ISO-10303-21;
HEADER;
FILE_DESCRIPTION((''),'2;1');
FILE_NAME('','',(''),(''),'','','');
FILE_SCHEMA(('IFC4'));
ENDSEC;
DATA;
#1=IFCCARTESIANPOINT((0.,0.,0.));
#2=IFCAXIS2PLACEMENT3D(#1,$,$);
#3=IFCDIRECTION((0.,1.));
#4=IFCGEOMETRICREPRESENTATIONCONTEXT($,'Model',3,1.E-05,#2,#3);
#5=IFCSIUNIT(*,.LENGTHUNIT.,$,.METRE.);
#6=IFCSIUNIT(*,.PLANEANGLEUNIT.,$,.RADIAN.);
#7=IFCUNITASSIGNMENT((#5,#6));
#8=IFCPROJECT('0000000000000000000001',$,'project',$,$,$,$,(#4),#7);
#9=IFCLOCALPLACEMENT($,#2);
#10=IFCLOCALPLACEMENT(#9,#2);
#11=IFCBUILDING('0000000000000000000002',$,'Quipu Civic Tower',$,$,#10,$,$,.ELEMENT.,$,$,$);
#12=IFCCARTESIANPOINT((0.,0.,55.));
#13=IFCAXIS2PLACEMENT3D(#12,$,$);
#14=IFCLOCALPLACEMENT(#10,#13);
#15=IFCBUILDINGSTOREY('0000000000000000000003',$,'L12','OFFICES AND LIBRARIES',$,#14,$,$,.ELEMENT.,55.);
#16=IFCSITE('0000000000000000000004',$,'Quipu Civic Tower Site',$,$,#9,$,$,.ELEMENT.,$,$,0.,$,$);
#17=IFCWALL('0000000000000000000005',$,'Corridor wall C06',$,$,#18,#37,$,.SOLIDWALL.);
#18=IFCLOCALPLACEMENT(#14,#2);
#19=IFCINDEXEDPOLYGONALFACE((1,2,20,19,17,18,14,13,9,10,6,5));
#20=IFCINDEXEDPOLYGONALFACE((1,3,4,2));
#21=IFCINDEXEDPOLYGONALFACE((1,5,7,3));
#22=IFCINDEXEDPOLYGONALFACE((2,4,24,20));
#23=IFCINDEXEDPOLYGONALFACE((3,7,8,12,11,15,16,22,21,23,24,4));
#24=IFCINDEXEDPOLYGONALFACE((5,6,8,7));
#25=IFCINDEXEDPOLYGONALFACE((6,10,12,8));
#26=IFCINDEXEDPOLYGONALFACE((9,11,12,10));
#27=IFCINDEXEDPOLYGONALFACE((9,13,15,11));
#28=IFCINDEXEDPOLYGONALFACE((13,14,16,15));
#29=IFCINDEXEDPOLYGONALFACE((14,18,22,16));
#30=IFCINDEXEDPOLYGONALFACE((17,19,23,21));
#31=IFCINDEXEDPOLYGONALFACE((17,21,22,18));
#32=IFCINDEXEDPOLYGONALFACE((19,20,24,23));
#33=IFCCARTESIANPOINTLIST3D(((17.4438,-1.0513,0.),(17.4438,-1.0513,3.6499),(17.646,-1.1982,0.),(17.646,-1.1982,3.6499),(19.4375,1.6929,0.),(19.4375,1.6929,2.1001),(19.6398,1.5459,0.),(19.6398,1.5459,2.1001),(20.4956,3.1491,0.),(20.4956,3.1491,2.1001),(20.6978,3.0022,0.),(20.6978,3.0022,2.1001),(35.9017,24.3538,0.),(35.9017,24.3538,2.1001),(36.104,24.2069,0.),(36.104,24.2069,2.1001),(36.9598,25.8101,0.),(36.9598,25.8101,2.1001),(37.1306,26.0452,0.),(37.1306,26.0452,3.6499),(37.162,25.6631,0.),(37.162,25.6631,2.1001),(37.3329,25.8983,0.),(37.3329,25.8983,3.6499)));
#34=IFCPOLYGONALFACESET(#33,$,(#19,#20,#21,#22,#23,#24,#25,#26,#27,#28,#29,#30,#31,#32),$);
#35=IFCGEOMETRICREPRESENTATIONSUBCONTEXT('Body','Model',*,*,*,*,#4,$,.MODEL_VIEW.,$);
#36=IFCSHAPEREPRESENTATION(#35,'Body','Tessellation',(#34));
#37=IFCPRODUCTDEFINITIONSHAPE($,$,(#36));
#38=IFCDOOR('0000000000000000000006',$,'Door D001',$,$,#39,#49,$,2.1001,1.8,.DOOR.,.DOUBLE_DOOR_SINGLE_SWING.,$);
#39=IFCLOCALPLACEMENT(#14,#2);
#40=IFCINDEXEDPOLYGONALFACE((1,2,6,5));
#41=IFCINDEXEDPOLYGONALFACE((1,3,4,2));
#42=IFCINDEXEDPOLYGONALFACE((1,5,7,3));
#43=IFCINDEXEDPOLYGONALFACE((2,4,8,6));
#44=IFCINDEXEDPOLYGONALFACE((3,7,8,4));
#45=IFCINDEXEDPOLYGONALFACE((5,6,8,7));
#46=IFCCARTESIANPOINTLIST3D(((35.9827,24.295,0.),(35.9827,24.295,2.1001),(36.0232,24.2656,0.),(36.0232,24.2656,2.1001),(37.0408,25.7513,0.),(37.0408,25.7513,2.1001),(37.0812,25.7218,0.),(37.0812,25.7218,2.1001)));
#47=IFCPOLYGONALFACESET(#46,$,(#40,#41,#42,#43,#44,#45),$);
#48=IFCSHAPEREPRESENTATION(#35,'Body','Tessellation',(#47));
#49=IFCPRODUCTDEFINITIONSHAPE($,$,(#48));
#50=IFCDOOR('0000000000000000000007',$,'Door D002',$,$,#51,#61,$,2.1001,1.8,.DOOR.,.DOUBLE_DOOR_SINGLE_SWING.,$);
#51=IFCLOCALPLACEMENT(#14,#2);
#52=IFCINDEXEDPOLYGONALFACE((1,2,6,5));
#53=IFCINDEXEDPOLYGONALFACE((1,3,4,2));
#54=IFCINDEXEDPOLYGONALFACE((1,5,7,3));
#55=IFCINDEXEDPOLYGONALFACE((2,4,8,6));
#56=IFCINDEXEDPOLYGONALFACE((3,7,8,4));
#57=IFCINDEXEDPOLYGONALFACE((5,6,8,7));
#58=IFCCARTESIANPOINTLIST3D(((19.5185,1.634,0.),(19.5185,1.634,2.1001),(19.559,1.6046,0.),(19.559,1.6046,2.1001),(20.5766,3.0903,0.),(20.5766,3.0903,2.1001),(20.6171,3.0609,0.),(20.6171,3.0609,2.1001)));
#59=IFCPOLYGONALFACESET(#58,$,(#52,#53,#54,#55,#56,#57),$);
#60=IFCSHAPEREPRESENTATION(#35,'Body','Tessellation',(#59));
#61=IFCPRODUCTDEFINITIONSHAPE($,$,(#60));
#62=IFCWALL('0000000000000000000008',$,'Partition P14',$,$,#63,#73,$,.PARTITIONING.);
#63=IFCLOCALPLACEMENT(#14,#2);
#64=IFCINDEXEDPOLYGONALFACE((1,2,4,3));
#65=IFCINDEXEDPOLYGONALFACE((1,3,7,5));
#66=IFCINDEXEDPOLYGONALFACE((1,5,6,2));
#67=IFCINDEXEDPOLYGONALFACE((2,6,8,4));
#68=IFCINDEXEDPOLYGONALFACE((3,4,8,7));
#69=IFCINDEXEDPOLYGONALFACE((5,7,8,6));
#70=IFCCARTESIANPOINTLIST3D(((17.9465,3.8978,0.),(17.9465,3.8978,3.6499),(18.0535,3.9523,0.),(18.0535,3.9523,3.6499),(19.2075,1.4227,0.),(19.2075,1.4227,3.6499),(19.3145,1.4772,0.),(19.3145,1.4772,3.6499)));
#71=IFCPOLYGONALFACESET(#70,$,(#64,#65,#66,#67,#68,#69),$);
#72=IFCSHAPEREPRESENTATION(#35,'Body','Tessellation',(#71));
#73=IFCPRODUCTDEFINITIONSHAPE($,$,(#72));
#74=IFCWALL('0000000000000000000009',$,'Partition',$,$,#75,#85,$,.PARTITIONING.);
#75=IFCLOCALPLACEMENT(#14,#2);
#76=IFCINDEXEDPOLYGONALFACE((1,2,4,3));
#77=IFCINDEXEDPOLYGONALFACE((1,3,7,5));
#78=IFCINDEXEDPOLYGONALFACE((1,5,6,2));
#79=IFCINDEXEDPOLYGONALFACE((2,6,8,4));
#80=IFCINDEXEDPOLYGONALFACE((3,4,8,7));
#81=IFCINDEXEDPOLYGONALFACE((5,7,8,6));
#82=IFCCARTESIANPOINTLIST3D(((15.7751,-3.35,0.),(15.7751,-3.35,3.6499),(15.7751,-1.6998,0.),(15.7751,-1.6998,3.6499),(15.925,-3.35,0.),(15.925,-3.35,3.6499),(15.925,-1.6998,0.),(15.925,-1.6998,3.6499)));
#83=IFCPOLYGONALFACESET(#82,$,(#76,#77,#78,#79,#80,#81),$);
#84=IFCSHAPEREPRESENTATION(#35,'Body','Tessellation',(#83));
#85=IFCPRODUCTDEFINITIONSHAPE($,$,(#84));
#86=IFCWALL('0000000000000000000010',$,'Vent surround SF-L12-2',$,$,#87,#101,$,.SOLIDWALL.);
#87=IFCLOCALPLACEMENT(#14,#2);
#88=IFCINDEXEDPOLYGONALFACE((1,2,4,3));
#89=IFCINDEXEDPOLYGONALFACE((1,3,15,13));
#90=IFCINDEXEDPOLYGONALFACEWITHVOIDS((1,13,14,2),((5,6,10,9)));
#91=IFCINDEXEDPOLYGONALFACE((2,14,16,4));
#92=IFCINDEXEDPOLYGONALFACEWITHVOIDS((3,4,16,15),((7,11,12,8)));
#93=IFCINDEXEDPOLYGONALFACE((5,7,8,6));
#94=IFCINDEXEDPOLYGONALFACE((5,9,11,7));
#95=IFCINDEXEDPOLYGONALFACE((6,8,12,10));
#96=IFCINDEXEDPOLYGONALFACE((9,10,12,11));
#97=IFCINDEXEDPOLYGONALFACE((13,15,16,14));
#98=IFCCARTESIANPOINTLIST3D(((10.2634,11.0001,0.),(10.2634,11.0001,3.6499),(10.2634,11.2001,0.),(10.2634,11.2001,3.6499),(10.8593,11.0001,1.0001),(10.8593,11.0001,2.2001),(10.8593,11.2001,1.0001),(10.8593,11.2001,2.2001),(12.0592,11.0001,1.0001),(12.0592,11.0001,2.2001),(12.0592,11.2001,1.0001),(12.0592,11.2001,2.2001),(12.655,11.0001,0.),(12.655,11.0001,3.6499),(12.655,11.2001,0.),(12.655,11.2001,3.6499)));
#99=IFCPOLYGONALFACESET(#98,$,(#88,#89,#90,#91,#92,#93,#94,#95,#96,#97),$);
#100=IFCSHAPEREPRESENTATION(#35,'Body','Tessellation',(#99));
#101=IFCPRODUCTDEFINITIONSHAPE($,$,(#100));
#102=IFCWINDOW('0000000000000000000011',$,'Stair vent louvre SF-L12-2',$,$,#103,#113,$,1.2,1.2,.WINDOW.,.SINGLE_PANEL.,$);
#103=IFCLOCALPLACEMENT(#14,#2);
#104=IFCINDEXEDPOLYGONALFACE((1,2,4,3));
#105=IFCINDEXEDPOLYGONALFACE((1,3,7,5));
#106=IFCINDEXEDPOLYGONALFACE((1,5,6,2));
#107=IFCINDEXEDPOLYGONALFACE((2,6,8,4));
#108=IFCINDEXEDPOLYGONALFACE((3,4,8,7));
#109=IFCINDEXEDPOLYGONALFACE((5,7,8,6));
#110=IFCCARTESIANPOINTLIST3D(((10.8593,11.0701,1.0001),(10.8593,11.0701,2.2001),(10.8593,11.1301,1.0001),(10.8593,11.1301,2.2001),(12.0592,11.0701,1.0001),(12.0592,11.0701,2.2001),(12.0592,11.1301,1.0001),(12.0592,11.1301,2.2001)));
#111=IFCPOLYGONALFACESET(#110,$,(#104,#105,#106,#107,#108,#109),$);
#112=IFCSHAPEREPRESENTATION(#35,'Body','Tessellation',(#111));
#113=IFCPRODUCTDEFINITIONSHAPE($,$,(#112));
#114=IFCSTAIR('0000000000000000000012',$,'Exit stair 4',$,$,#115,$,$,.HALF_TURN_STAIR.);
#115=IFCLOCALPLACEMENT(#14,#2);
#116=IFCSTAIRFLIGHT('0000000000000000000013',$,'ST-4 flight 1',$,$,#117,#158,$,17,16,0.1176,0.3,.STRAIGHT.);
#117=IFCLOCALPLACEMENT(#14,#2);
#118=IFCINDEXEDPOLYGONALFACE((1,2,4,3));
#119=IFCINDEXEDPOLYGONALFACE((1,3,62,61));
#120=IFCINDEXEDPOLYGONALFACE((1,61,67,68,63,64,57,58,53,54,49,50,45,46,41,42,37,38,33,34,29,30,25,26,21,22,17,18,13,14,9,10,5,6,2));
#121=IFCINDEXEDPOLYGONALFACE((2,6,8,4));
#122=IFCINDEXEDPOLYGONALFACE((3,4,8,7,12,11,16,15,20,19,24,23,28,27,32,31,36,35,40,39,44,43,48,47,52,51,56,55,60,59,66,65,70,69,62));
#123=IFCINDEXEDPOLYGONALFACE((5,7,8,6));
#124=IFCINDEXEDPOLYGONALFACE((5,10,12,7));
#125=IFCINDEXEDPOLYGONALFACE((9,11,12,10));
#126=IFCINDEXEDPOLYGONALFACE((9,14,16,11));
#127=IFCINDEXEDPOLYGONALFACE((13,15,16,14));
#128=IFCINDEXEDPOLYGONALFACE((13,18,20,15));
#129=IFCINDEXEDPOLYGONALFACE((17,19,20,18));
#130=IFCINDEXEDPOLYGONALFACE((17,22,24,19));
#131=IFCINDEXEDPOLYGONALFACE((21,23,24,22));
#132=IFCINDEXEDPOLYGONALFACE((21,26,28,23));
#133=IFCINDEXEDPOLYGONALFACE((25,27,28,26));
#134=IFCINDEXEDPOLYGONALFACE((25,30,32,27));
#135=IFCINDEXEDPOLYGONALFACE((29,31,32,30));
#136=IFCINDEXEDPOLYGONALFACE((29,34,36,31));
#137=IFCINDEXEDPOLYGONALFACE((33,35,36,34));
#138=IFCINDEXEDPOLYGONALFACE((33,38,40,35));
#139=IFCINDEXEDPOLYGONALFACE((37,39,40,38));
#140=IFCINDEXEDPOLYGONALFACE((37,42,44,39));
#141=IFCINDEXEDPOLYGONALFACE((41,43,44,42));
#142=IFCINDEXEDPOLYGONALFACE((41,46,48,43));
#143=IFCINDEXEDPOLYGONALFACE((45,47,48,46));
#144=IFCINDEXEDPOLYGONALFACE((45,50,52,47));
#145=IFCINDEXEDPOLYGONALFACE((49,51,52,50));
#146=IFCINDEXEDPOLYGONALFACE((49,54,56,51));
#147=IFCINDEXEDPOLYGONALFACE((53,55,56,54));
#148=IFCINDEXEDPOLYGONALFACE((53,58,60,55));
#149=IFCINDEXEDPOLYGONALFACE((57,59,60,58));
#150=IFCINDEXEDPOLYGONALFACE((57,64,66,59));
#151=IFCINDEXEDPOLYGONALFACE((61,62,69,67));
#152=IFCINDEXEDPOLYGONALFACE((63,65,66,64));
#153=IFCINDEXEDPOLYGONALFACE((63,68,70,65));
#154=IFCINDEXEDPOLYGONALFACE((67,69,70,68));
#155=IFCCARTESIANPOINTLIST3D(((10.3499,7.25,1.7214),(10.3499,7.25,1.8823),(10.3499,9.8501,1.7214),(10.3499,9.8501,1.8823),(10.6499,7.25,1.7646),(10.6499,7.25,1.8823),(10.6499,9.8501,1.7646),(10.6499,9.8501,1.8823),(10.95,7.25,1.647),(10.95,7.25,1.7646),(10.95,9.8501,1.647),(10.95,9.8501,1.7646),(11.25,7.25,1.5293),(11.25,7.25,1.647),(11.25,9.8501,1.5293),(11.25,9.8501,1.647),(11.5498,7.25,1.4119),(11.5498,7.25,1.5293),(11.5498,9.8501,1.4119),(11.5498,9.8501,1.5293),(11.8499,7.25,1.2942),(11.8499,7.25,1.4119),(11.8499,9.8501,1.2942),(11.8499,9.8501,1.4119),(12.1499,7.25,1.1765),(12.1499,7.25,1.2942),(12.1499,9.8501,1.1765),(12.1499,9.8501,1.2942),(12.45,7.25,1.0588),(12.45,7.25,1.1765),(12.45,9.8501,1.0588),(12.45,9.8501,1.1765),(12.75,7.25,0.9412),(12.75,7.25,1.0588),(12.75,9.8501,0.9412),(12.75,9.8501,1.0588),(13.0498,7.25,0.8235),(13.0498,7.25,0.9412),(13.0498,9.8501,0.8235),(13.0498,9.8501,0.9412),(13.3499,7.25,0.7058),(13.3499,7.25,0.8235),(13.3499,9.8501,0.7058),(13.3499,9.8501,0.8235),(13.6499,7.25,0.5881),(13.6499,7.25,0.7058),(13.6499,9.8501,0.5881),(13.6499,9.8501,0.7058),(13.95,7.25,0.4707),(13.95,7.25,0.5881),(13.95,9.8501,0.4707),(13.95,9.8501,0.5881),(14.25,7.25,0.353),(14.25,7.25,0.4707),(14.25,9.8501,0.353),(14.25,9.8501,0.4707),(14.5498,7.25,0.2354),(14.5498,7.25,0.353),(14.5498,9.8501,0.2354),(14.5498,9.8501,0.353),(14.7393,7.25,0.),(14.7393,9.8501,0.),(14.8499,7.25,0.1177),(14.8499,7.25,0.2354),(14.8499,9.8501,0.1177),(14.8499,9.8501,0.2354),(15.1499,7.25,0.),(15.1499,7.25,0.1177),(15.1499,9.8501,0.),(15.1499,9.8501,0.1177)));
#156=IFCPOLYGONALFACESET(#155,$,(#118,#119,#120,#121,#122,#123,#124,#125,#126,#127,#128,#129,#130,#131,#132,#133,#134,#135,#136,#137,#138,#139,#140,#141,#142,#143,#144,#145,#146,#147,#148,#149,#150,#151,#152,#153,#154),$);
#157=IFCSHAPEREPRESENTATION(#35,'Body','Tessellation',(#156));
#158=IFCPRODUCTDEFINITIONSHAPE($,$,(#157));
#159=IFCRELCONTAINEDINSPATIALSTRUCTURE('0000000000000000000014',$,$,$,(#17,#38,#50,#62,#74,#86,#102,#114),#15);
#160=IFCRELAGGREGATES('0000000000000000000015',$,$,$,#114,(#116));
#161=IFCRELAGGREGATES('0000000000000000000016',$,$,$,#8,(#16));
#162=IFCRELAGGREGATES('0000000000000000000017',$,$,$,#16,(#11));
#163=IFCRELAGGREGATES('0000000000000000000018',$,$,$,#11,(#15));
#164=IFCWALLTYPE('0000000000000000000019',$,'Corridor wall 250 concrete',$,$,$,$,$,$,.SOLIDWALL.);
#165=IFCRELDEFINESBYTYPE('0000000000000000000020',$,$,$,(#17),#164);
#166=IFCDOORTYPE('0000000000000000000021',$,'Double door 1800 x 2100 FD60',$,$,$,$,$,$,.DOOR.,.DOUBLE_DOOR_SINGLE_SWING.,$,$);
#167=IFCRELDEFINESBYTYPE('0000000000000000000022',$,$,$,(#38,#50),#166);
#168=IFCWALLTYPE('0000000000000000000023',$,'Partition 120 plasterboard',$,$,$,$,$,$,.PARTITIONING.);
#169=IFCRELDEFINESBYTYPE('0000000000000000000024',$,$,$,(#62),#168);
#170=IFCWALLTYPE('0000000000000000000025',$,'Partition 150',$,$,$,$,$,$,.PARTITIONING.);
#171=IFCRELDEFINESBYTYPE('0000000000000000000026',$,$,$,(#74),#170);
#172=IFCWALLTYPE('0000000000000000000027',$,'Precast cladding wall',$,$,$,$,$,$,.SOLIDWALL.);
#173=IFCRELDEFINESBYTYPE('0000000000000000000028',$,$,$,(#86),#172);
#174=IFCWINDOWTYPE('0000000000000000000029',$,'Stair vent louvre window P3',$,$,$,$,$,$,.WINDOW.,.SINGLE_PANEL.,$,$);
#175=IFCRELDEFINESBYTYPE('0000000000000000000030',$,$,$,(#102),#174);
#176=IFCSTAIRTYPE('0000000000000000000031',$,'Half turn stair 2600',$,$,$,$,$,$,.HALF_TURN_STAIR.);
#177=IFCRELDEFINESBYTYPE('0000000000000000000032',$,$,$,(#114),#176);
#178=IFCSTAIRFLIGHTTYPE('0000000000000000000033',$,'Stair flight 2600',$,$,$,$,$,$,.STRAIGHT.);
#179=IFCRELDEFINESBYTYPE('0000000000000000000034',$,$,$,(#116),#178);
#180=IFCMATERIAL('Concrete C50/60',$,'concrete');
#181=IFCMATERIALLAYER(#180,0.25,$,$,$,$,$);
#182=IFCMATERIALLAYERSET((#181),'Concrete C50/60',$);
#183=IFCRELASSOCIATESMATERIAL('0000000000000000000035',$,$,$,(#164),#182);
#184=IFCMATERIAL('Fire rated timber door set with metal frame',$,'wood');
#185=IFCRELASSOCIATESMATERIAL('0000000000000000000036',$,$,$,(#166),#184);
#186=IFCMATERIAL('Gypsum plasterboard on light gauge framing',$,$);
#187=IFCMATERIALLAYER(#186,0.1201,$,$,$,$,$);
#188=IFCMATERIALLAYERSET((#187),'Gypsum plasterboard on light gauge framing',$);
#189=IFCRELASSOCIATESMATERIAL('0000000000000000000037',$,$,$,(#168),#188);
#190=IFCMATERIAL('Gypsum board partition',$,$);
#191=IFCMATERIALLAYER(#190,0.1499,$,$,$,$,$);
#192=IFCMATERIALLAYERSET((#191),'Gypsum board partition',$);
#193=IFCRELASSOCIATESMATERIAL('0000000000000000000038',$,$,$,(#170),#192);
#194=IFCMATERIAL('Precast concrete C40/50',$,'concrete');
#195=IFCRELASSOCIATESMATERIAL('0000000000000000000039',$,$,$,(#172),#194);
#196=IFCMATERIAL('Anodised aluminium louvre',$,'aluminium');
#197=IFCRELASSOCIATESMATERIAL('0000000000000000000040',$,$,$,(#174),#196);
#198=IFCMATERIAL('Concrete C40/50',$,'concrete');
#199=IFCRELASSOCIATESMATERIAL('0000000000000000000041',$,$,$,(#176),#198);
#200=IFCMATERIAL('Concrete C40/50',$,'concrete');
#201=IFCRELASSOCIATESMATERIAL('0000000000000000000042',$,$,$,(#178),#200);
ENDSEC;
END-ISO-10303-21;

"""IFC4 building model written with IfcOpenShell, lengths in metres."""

from ifc_helpers import new_model, si_unit, direction, frame, frame_2d, origin, place, context, subcontext, project, spatial, polyline, rectangle, outline, extrude, material, layer, layer_set, type_object, element, fill, aggregate, save


model = new_model("IFC4")

# Units and contexts
model_context = context("Model", 3, precision=1e-05, world=origin(), true_north=direction((0.0, 1.0)))
body_context = subcontext(model_context, "Body", "Model", "MODEL_VIEW")
ifc_project = project(units=[si_unit("LENGTHUNIT", "METRE"), si_unit("PLANEANGLEUNIT", "RADIAN")], contexts=[model_context])

# Site, building, storey
site_placement = place(None, origin())
site = spatial("IfcSite", under=ifc_project, at=site_placement, Name="Quipu Civic Tower Site", CompositionType="ELEMENT", RefElevation=0.0)
building_placement = place(site_placement, origin())
building = spatial("IfcBuilding", under=site, at=building_placement, Name="Quipu Civic Tower", CompositionType="ELEMENT")
storey_placement = place(building_placement, frame((0.0, 0.0, 55.0)))
storey = spatial("IfcBuildingStorey", under=building, at=storey_placement, Name="L12", Description="OFFICES AND LIBRARIES", CompositionType="ELEMENT", Elevation=55.0)

# Wall, openings, doors
ifc_material_1 = material(Name="Concrete C50/60", Category="concrete")
ifc_layer_1 = layer(ifc_material_1, 0.25)
ifc_layer_set_1 = layer_set([ifc_layer_1], Name="Concrete C50/60")
wall_type_1 = type_object("IfcWallType", Name="Corridor wall 250 concrete", PredefinedType="SOLIDWALL", material=ifc_layer_set_1)
wall_1_placement = place(storey_placement, frame((17.5449, -1.1248, 0.0), z_axis=(0.0, 0.0, 1.0), x_axis=(0.587786, 0.809016, 0.0)))
wall_1 = element("IfcWall", 1, at=wall_1_placement, inside=storey, type_object=wall_type_1, Name="Corridor wall C06", PredefinedType="SOLIDWALL", context=body_context, shape_type="SweptSolid", body=[
    extrude(rectangle(XDim=33.4932, YDim=0.25, at=frame_2d((16.7466, 0.0))), origin(), (0.0, 0.0, 1.0), 3.6499),
])
opening_1_placement = place(wall_1_placement, frame((31.4026, 0.0, 0.0)))
opening_1 = element("IfcOpeningElement", 2, at=opening_1_placement, cuts=wall_1, PredefinedType="OPENING", context=body_context, shape_type="SweptSolid", body=[
    extrude(rectangle(XDim=1.8, YDim=2.1001, at=frame_2d((0.8999, 1.05))), frame((0.0, 0.135, 0.0), z_axis=(0.0, -1.0, 0.0), x_axis=(1.0, 0.0, 0.0)), (0.0, 0.0, 1.0), 0.27),
])
opening_2_placement = place(wall_1_placement, frame((3.3921, 0.0, 0.0)))
opening_2 = element("IfcOpeningElement", 3, at=opening_2_placement, cuts=wall_1, PredefinedType="OPENING", context=body_context, shape_type="SweptSolid", body=[
    extrude(rectangle(XDim=1.8, YDim=2.1001, at=frame_2d((0.8999, 1.05))), frame((0.0, 0.135, 0.0), z_axis=(0.0, -1.0, 0.0), x_axis=(1.0, 0.0, 0.0)), (0.0, 0.0, 1.0), 0.27),
])
ifc_material_2 = material(Name="Fire rated timber door set with metal frame", Category="wood")
door_type_1 = type_object("IfcDoorType", Name="Double door 1800 x 2100 FD60", OperationType="DOUBLE_DOOR_SINGLE_SWING", PredefinedType="DOOR", material=ifc_material_2)
door_1_placement = place(opening_1_placement, origin())
door_1 = element("IfcDoor", 4, at=door_1_placement, inside=storey, type_object=door_type_1, Name="Door D001", OperationType="DOUBLE_DOOR_SINGLE_SWING", OverallHeight=2.1001, OverallWidth=1.8, PredefinedType="DOOR", context=body_context, shape_type="SweptSolid", body=[
    extrude(rectangle(XDim=1.8, YDim=2.1001, at=frame_2d((0.8999, 1.05))), frame((0.0, 0.0249, 0.0), z_axis=(0.0, -1.0, 0.0), x_axis=(1.0, 0.0, 0.0)), (0.0, 0.0, 1.0), 0.05),
])
fill(opening_1, door_1)
door_2_placement = place(opening_2_placement, origin())
door_2 = element("IfcDoor", 5, at=door_2_placement, inside=storey, type_object=door_type_1, Name="Door D002", OperationType="DOUBLE_DOOR_SINGLE_SWING", OverallHeight=2.1001, OverallWidth=1.8, PredefinedType="DOOR", context=body_context, shape_type="SweptSolid", body=[
    extrude(rectangle(XDim=1.8, YDim=2.1001, at=frame_2d((0.8999, 1.05))), frame((0.0, 0.0249, 0.0), z_axis=(0.0, -1.0, 0.0), x_axis=(1.0, 0.0, 0.0)), (0.0, 0.0, 1.0), 0.05),
])
fill(opening_2, door_2)

# Walls
ifc_material_3 = material(Name="Gypsum plasterboard on light gauge framing")
ifc_layer_2 = layer(ifc_material_3, 0.1201)
ifc_layer_set_2 = layer_set([ifc_layer_2], Name="Gypsum plasterboard on light gauge framing")
wall_type_2 = type_object("IfcWallType", Name="Partition 120 plasterboard", PredefinedType="PARTITIONING", material=ifc_layer_set_2)
wall_2_placement = place(storey_placement, frame((18.0, 3.925, 0.0), z_axis=(0.0, 0.0, 1.0), x_axis=(0.453951, -0.891027, 0.0)))
element("IfcWall", 6, at=wall_2_placement, inside=storey, type_object=wall_type_2, Name="Partition P14", PredefinedType="PARTITIONING", context=body_context, shape_type="SweptSolid", body=[
    extrude(rectangle(XDim=2.7778, YDim=0.1201, at=frame_2d((1.3889, 0.0))), origin(), (0.0, 0.0, 1.0), 3.6499),
])
ifc_material_4 = material(Name="Gypsum board partition")
ifc_layer_3 = layer(ifc_material_4, 0.1499)
ifc_layer_set_3 = layer_set([ifc_layer_3], Name="Gypsum board partition")
wall_type_3 = type_object("IfcWallType", Name="Partition 150", PredefinedType="PARTITIONING", material=ifc_layer_set_3)
wall_3_placement = place(storey_placement, frame((15.8501, -3.3501, 0.0), z_axis=(0.0, 0.0, 1.0), x_axis=(0.0, 1.0, 0.0)))
element("IfcWall", 7, at=wall_3_placement, inside=storey, type_object=wall_type_3, Name="Partition", PredefinedType="PARTITIONING", context=body_context, shape_type="SweptSolid", body=[
    extrude(rectangle(XDim=1.6501, YDim=0.1499, at=frame_2d((0.8252, 0.0))), origin(), (0.0, 0.0, 1.0), 3.6499),
])

# Wall, opening, window
ifc_material_5 = material(Name="Precast concrete C40/50", Category="concrete")
wall_type_4 = type_object("IfcWallType", Name="Precast cladding wall", PredefinedType="SOLIDWALL", material=ifc_material_5)
wall_4_placement = place(storey_placement, frame((12.655, 11.1001, 0.0), z_axis=(0.0, 0.0, 1.0), x_axis=(-1.0, 0.0, 0.0)))
wall_4 = element("IfcWall", 8, at=wall_4_placement, inside=storey, type_object=wall_type_4, Name="Vent surround SF-L12-2", PredefinedType="SOLIDWALL", context=body_context, shape_type="SweptSolid", body=[
    extrude(rectangle(XDim=2.3916, YDim=0.2, at=frame_2d((1.1958, 0.0))), origin(), (0.0, 0.0, 1.0), 3.6499),
])
opening_3_placement = place(wall_4_placement, frame((0.5957, 0.0, 1.0)))
opening_3 = element("IfcOpeningElement", 9, at=opening_3_placement, cuts=wall_4, PredefinedType="OPENING", context=body_context, shape_type="SweptSolid", body=[
    extrude(rectangle(XDim=1.2, YDim=1.2, at=frame_2d((0.6001, 0.6001))), frame((0.0, 0.1099, 0.0), z_axis=(0.0, -1.0, 0.0), x_axis=(1.0, 0.0, 0.0)), (0.0, 0.0, 1.0), 0.22),
])
ifc_material_6 = material(Name="Anodised aluminium louvre", Category="aluminium")
window_type = type_object("IfcWindowType", Name="Stair vent louvre window P3", PartitioningType="SINGLE_PANEL", PredefinedType="WINDOW", material=ifc_material_6)
window_placement = place(opening_3_placement, origin())
window = element("IfcWindow", 10, at=window_placement, inside=storey, type_object=window_type, Name="Stair vent louvre SF-L12-2", OverallHeight=1.2, OverallWidth=1.2, PartitioningType="SINGLE_PANEL", PredefinedType="WINDOW", context=body_context, shape_type="SweptSolid", body=[
    extrude(rectangle(XDim=1.2, YDim=1.2, at=frame_2d((0.6001, 0.6001))), frame((0.0, 0.03, 0.0), z_axis=(0.0, -1.0, 0.0), x_axis=(1.0, 0.0, 0.0)), (0.0, 0.0, 1.0), 0.0601),
])
fill(opening_3, window)

# Stair, stair flight
ifc_material_7 = material(Name="Concrete C40/50", Category="concrete")
stair_type = type_object("IfcStairType", Name="Half turn stair 2600", PredefinedType="HALF_TURN_STAIR", material=ifc_material_7)
stair_placement = place(storey_placement, origin())
stair = element("IfcStair", 11, at=stair_placement, inside=storey, type_object=stair_type, Name="Exit stair 4", PredefinedType="HALF_TURN_STAIR")
ifc_material_8 = material(Name="Concrete C40/50", Category="concrete")
stair_flight_type = type_object("IfcStairFlightType", Name="Stair flight 2600", PredefinedType="STRAIGHT", material=ifc_material_8)
stair_flight_placement = place(storey_placement, frame((15.1499, 8.55, 0.0), z_axis=(0.0, 0.0, 1.0), x_axis=(-1.0, 0.0, 0.0)))
stair_flight = element("IfcStairFlight", 12, at=stair_flight_placement, type_object=stair_flight_type, Name="ST-4 flight 1", NumberOfRisers=17, NumberOfTreads=16, PredefinedType="STRAIGHT", RiserHeight=0.1176, TreadLength=0.3, context=body_context, shape_type="SweptSolid", body=[
    extrude(outline(polyline([(0.0, 0.0), (0.0, 0.1177), (0.3, 0.1177), (0.3, 0.2354), (0.6001, 0.2354), (0.6001, 0.353), (0.8999, 0.353), (0.8999, 0.4707), (1.2, 0.4707), (1.2, 0.5881), (1.5, 0.5881), (1.5, 0.7058), (1.8, 0.7058), (1.8, 0.8235), (2.1001, 0.8235), (2.1001, 0.9412), (2.3999, 0.9412), (2.3999, 1.0588), (2.7, 1.0588), (2.7, 1.1765), (3.0, 1.1765), (3.0, 1.2942), (3.3, 1.2942), (3.3, 1.4119), (3.6001, 1.4119), (3.6001, 1.5293), (3.8999, 1.5293), (3.8999, 1.647), (4.2, 1.647), (4.2, 1.7646), (4.5, 1.7646), (4.5, 1.8823), (4.8, 1.8823), (4.8, 2.0), (4.8, 1.7214), (0.4106, 0.0), (0.0, 0.0)])), frame((0.0, 1.3, 0.0), z_axis=(0.0, -1.0, 0.0), x_axis=(1.0, 0.0, 0.0)), (0.0, 0.0, 1.0), 2.6001),
])
aggregate(stair, [stair_flight])

save(model, "model.ifc")
